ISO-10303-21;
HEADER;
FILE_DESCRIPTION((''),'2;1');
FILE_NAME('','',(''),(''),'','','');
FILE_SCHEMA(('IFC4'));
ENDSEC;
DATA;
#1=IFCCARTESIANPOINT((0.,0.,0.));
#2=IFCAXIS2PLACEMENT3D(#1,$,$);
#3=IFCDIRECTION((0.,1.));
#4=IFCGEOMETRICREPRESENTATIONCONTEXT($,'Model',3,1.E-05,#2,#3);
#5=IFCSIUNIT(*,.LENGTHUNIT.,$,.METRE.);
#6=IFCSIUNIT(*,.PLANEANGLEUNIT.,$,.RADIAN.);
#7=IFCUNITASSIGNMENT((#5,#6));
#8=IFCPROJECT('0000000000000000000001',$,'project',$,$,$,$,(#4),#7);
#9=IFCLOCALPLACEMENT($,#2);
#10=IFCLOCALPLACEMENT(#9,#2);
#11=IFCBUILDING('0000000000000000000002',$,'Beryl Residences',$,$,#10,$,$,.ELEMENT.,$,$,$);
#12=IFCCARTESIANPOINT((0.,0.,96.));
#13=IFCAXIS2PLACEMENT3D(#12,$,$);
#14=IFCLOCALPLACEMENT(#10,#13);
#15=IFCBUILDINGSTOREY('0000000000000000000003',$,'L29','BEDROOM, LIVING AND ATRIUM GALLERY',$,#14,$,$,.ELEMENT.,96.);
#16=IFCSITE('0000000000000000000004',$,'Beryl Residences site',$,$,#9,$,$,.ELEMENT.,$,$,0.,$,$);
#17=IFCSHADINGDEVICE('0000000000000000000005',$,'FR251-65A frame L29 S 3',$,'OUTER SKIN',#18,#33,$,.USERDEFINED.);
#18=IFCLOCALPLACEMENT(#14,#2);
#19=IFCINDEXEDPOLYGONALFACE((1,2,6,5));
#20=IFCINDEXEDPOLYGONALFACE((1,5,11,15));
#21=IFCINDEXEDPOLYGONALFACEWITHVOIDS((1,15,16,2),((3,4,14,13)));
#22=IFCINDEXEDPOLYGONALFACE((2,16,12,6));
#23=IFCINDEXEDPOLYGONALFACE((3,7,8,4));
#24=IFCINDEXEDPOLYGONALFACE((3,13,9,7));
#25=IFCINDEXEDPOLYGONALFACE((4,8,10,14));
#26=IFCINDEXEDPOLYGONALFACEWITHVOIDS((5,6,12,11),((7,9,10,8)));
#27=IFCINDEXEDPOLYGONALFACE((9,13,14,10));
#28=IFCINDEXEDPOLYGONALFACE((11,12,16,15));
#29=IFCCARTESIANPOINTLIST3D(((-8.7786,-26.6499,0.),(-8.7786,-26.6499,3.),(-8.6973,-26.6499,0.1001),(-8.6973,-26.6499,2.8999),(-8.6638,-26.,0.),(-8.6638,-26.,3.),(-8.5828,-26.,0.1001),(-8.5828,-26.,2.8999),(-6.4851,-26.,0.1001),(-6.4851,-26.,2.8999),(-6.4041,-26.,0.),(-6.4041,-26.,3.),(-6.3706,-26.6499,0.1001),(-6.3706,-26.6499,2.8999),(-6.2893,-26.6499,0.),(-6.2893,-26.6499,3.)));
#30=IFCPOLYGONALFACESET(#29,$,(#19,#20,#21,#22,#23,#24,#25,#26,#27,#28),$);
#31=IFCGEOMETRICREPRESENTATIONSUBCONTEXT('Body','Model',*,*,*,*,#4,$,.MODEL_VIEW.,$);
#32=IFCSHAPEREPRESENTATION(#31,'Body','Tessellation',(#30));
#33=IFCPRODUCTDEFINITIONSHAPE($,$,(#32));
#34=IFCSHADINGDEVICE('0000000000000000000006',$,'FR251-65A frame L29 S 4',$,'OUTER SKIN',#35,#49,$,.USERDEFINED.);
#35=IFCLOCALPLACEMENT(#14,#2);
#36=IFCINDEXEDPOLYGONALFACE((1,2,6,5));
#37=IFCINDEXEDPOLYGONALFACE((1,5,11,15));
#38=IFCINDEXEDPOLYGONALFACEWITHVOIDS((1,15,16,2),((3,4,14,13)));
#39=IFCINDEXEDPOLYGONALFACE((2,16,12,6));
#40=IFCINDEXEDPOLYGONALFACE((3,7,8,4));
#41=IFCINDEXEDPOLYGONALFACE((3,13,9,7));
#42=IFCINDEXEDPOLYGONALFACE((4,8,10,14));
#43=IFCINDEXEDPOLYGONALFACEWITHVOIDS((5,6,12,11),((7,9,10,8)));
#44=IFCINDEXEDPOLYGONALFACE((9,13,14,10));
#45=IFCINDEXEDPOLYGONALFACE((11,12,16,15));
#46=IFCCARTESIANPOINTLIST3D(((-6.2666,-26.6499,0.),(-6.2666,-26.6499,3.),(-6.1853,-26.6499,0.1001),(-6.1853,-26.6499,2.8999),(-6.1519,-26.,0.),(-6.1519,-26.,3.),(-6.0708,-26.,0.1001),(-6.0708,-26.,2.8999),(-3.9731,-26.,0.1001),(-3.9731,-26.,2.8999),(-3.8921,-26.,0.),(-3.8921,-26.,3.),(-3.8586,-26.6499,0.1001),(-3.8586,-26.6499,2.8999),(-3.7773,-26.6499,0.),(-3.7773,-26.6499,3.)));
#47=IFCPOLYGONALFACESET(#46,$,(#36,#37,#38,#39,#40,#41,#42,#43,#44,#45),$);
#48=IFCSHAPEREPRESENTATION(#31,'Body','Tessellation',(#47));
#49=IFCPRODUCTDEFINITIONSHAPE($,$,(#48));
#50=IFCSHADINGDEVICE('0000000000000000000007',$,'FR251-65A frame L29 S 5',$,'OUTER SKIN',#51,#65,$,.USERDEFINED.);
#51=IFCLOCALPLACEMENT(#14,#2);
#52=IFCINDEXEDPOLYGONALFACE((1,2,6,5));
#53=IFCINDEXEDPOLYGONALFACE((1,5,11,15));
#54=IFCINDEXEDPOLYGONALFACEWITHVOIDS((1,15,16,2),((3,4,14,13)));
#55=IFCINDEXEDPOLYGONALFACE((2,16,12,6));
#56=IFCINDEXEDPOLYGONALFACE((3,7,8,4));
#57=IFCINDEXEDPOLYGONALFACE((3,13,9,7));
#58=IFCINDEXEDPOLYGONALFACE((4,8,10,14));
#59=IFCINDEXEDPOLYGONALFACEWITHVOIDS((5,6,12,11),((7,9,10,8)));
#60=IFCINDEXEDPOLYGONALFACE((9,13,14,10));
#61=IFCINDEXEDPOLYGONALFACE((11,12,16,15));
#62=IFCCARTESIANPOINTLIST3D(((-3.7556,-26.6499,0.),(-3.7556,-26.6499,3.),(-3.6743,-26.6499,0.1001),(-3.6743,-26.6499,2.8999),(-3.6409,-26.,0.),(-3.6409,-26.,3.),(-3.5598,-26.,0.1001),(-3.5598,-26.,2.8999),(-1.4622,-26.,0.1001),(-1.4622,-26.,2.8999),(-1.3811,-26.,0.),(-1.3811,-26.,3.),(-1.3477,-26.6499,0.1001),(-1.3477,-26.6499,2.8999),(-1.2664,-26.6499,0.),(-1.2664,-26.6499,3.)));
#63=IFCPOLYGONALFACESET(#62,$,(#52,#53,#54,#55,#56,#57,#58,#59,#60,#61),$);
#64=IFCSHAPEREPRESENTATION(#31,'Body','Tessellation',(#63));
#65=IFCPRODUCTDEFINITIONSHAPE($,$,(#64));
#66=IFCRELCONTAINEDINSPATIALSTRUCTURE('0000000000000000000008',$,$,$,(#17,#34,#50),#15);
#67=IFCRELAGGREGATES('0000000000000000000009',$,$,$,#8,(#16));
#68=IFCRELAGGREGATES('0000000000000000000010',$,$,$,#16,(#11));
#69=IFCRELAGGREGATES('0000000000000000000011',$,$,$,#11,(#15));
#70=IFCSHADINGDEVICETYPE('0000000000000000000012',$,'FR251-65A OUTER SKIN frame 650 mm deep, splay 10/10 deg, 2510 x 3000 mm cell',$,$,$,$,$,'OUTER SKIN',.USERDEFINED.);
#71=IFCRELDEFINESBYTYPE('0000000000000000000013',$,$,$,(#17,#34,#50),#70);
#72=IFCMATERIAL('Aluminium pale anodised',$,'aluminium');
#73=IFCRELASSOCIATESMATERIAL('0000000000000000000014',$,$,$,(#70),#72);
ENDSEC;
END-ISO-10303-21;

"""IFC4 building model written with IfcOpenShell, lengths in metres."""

from ifc_helpers import new_model, entity, si_unit, direction, frame, origin, place, context, subcontext, project, spatial, source, transform, mapped, material, type_object, type_shapes, element, save


model = new_model("IFC4")

# Units and contexts
model_context = context("Model", 3, precision=1e-05, world=origin(), true_north=direction((0.0, 1.0)))
body_context = subcontext(model_context, "Body", "Model", "MODEL_VIEW")
ifc_project = project(units=[si_unit("LENGTHUNIT", "METRE"), si_unit("PLANEANGLEUNIT", "RADIAN")], contexts=[model_context])

# Site, building, storey
site_placement = place(None, origin())
site = spatial("IfcSite", under=ifc_project, at=site_placement, Name="Beryl Residences site", CompositionType="ELEMENT", RefElevation=0.0)
building_placement = place(site_placement, origin())
building = spatial("IfcBuilding", under=site, at=building_placement, Name="Beryl Residences", CompositionType="ELEMENT")
storey_placement = place(building_placement, frame((0.0, 0.0, 96.0)))
storey = spatial("IfcBuildingStorey", under=building, at=storey_placement, Name="L29", Description="BEDROOM, LIVING AND ATRIUM GALLERY", CompositionType="ELEMENT", Elevation=96.0)

# Shading devices
ifc_material_1 = material(Name="Aluminium pale anodised", Category="aluminium")
shading_device_type = type_object("IfcShadingDeviceType", Name="FR251-65A OUTER SKIN frame 650 mm deep, splay 10/10 deg, 2510 x 3000 mm cell", ElementType="OUTER SKIN", PredefinedType="USERDEFINED", material=ifc_material_1)
cartesian_point_1 = entity("IfcCartesianPoint", [-1.1299, 0.0])
cartesian_point_2 = entity("IfcCartesianPoint", [-1.0488, 0.1001])
cartesian_point_3 = entity("IfcCartesianPoint", [-1.2446, 0.0])
cartesian_point_4 = entity("IfcCartesianPoint", [-1.1633, 0.1001])
shared_shape = source(origin(), body_context, "Body", "SweptSolid", [
    entity("IfcExtrudedAreaSolidTapered", entity("IfcArbitraryProfileDefWithVoids", "AREA", None, entity("IfcPolyline", [cartesian_point_1, entity("IfcCartesianPoint", [1.1299, 0.0]), entity("IfcCartesianPoint", [1.1299, 3.0]), entity("IfcCartesianPoint", [-1.1299, 3.0]), cartesian_point_1]), [entity("IfcPolyline", [cartesian_point_2, entity("IfcCartesianPoint", [1.0488, 0.1001]), entity("IfcCartesianPoint", [1.0488, 2.8999]), entity("IfcCartesianPoint", [-1.0488, 2.8999]), cartesian_point_2])]), entity("IfcAxis2Placement3D", entity("IfcCartesianPoint", [0.0, 0.0, 0.0]), entity("IfcDirection", [0.0, 1.0, 0.0]), entity("IfcDirection", [-1.0, 0.0, 0.0])), entity("IfcDirection", [0.0, 0.0, 1.0]), 0.6499, entity("IfcArbitraryProfileDefWithVoids", "AREA", None, entity("IfcPolyline", [cartesian_point_3, entity("IfcCartesianPoint", [1.2446, 0.0]), entity("IfcCartesianPoint", [1.2446, 3.0]), entity("IfcCartesianPoint", [-1.2446, 3.0]), cartesian_point_3]), [entity("IfcPolyline", [cartesian_point_4, entity("IfcCartesianPoint", [1.1633, 0.1001]), entity("IfcCartesianPoint", [1.1633, 2.8999]), entity("IfcCartesianPoint", [-1.1633, 2.8999]), cartesian_point_4])])),
])
type_shapes(shading_device_type, [shared_shape])
for number, where, z_axis, x_axis, name in (
    (1, (-7.5339, -26.0, 0.0), (0.0, 0.0, 1.0), (-1.0, 0.0, 0.0), "FR251-65A frame L29 S 3"),
    (2, (-5.022, -26.0, 0.0), (0.0, 0.0, 1.0), (-1.0, 0.0, 0.0), "FR251-65A frame L29 S 4"),
    (3, (-2.511, -26.0, 0.0), (0.0, 0.0, 1.0), (-1.0, 0.0, 0.0), "FR251-65A frame L29 S 5"),
):
    element("IfcShadingDevice", number, at=place(storey_placement, frame(where, z_axis=z_axis, x_axis=x_axis)), inside=storey, type_object=shading_device_type, Name=name, ObjectType="OUTER SKIN", PredefinedType="USERDEFINED", context=body_context, shape_type="MappedRepresentation", body=[
        mapped(shared_shape, transform((0.0, 0.0, 0.0))),
    ])

save(model, "model.ifc")
